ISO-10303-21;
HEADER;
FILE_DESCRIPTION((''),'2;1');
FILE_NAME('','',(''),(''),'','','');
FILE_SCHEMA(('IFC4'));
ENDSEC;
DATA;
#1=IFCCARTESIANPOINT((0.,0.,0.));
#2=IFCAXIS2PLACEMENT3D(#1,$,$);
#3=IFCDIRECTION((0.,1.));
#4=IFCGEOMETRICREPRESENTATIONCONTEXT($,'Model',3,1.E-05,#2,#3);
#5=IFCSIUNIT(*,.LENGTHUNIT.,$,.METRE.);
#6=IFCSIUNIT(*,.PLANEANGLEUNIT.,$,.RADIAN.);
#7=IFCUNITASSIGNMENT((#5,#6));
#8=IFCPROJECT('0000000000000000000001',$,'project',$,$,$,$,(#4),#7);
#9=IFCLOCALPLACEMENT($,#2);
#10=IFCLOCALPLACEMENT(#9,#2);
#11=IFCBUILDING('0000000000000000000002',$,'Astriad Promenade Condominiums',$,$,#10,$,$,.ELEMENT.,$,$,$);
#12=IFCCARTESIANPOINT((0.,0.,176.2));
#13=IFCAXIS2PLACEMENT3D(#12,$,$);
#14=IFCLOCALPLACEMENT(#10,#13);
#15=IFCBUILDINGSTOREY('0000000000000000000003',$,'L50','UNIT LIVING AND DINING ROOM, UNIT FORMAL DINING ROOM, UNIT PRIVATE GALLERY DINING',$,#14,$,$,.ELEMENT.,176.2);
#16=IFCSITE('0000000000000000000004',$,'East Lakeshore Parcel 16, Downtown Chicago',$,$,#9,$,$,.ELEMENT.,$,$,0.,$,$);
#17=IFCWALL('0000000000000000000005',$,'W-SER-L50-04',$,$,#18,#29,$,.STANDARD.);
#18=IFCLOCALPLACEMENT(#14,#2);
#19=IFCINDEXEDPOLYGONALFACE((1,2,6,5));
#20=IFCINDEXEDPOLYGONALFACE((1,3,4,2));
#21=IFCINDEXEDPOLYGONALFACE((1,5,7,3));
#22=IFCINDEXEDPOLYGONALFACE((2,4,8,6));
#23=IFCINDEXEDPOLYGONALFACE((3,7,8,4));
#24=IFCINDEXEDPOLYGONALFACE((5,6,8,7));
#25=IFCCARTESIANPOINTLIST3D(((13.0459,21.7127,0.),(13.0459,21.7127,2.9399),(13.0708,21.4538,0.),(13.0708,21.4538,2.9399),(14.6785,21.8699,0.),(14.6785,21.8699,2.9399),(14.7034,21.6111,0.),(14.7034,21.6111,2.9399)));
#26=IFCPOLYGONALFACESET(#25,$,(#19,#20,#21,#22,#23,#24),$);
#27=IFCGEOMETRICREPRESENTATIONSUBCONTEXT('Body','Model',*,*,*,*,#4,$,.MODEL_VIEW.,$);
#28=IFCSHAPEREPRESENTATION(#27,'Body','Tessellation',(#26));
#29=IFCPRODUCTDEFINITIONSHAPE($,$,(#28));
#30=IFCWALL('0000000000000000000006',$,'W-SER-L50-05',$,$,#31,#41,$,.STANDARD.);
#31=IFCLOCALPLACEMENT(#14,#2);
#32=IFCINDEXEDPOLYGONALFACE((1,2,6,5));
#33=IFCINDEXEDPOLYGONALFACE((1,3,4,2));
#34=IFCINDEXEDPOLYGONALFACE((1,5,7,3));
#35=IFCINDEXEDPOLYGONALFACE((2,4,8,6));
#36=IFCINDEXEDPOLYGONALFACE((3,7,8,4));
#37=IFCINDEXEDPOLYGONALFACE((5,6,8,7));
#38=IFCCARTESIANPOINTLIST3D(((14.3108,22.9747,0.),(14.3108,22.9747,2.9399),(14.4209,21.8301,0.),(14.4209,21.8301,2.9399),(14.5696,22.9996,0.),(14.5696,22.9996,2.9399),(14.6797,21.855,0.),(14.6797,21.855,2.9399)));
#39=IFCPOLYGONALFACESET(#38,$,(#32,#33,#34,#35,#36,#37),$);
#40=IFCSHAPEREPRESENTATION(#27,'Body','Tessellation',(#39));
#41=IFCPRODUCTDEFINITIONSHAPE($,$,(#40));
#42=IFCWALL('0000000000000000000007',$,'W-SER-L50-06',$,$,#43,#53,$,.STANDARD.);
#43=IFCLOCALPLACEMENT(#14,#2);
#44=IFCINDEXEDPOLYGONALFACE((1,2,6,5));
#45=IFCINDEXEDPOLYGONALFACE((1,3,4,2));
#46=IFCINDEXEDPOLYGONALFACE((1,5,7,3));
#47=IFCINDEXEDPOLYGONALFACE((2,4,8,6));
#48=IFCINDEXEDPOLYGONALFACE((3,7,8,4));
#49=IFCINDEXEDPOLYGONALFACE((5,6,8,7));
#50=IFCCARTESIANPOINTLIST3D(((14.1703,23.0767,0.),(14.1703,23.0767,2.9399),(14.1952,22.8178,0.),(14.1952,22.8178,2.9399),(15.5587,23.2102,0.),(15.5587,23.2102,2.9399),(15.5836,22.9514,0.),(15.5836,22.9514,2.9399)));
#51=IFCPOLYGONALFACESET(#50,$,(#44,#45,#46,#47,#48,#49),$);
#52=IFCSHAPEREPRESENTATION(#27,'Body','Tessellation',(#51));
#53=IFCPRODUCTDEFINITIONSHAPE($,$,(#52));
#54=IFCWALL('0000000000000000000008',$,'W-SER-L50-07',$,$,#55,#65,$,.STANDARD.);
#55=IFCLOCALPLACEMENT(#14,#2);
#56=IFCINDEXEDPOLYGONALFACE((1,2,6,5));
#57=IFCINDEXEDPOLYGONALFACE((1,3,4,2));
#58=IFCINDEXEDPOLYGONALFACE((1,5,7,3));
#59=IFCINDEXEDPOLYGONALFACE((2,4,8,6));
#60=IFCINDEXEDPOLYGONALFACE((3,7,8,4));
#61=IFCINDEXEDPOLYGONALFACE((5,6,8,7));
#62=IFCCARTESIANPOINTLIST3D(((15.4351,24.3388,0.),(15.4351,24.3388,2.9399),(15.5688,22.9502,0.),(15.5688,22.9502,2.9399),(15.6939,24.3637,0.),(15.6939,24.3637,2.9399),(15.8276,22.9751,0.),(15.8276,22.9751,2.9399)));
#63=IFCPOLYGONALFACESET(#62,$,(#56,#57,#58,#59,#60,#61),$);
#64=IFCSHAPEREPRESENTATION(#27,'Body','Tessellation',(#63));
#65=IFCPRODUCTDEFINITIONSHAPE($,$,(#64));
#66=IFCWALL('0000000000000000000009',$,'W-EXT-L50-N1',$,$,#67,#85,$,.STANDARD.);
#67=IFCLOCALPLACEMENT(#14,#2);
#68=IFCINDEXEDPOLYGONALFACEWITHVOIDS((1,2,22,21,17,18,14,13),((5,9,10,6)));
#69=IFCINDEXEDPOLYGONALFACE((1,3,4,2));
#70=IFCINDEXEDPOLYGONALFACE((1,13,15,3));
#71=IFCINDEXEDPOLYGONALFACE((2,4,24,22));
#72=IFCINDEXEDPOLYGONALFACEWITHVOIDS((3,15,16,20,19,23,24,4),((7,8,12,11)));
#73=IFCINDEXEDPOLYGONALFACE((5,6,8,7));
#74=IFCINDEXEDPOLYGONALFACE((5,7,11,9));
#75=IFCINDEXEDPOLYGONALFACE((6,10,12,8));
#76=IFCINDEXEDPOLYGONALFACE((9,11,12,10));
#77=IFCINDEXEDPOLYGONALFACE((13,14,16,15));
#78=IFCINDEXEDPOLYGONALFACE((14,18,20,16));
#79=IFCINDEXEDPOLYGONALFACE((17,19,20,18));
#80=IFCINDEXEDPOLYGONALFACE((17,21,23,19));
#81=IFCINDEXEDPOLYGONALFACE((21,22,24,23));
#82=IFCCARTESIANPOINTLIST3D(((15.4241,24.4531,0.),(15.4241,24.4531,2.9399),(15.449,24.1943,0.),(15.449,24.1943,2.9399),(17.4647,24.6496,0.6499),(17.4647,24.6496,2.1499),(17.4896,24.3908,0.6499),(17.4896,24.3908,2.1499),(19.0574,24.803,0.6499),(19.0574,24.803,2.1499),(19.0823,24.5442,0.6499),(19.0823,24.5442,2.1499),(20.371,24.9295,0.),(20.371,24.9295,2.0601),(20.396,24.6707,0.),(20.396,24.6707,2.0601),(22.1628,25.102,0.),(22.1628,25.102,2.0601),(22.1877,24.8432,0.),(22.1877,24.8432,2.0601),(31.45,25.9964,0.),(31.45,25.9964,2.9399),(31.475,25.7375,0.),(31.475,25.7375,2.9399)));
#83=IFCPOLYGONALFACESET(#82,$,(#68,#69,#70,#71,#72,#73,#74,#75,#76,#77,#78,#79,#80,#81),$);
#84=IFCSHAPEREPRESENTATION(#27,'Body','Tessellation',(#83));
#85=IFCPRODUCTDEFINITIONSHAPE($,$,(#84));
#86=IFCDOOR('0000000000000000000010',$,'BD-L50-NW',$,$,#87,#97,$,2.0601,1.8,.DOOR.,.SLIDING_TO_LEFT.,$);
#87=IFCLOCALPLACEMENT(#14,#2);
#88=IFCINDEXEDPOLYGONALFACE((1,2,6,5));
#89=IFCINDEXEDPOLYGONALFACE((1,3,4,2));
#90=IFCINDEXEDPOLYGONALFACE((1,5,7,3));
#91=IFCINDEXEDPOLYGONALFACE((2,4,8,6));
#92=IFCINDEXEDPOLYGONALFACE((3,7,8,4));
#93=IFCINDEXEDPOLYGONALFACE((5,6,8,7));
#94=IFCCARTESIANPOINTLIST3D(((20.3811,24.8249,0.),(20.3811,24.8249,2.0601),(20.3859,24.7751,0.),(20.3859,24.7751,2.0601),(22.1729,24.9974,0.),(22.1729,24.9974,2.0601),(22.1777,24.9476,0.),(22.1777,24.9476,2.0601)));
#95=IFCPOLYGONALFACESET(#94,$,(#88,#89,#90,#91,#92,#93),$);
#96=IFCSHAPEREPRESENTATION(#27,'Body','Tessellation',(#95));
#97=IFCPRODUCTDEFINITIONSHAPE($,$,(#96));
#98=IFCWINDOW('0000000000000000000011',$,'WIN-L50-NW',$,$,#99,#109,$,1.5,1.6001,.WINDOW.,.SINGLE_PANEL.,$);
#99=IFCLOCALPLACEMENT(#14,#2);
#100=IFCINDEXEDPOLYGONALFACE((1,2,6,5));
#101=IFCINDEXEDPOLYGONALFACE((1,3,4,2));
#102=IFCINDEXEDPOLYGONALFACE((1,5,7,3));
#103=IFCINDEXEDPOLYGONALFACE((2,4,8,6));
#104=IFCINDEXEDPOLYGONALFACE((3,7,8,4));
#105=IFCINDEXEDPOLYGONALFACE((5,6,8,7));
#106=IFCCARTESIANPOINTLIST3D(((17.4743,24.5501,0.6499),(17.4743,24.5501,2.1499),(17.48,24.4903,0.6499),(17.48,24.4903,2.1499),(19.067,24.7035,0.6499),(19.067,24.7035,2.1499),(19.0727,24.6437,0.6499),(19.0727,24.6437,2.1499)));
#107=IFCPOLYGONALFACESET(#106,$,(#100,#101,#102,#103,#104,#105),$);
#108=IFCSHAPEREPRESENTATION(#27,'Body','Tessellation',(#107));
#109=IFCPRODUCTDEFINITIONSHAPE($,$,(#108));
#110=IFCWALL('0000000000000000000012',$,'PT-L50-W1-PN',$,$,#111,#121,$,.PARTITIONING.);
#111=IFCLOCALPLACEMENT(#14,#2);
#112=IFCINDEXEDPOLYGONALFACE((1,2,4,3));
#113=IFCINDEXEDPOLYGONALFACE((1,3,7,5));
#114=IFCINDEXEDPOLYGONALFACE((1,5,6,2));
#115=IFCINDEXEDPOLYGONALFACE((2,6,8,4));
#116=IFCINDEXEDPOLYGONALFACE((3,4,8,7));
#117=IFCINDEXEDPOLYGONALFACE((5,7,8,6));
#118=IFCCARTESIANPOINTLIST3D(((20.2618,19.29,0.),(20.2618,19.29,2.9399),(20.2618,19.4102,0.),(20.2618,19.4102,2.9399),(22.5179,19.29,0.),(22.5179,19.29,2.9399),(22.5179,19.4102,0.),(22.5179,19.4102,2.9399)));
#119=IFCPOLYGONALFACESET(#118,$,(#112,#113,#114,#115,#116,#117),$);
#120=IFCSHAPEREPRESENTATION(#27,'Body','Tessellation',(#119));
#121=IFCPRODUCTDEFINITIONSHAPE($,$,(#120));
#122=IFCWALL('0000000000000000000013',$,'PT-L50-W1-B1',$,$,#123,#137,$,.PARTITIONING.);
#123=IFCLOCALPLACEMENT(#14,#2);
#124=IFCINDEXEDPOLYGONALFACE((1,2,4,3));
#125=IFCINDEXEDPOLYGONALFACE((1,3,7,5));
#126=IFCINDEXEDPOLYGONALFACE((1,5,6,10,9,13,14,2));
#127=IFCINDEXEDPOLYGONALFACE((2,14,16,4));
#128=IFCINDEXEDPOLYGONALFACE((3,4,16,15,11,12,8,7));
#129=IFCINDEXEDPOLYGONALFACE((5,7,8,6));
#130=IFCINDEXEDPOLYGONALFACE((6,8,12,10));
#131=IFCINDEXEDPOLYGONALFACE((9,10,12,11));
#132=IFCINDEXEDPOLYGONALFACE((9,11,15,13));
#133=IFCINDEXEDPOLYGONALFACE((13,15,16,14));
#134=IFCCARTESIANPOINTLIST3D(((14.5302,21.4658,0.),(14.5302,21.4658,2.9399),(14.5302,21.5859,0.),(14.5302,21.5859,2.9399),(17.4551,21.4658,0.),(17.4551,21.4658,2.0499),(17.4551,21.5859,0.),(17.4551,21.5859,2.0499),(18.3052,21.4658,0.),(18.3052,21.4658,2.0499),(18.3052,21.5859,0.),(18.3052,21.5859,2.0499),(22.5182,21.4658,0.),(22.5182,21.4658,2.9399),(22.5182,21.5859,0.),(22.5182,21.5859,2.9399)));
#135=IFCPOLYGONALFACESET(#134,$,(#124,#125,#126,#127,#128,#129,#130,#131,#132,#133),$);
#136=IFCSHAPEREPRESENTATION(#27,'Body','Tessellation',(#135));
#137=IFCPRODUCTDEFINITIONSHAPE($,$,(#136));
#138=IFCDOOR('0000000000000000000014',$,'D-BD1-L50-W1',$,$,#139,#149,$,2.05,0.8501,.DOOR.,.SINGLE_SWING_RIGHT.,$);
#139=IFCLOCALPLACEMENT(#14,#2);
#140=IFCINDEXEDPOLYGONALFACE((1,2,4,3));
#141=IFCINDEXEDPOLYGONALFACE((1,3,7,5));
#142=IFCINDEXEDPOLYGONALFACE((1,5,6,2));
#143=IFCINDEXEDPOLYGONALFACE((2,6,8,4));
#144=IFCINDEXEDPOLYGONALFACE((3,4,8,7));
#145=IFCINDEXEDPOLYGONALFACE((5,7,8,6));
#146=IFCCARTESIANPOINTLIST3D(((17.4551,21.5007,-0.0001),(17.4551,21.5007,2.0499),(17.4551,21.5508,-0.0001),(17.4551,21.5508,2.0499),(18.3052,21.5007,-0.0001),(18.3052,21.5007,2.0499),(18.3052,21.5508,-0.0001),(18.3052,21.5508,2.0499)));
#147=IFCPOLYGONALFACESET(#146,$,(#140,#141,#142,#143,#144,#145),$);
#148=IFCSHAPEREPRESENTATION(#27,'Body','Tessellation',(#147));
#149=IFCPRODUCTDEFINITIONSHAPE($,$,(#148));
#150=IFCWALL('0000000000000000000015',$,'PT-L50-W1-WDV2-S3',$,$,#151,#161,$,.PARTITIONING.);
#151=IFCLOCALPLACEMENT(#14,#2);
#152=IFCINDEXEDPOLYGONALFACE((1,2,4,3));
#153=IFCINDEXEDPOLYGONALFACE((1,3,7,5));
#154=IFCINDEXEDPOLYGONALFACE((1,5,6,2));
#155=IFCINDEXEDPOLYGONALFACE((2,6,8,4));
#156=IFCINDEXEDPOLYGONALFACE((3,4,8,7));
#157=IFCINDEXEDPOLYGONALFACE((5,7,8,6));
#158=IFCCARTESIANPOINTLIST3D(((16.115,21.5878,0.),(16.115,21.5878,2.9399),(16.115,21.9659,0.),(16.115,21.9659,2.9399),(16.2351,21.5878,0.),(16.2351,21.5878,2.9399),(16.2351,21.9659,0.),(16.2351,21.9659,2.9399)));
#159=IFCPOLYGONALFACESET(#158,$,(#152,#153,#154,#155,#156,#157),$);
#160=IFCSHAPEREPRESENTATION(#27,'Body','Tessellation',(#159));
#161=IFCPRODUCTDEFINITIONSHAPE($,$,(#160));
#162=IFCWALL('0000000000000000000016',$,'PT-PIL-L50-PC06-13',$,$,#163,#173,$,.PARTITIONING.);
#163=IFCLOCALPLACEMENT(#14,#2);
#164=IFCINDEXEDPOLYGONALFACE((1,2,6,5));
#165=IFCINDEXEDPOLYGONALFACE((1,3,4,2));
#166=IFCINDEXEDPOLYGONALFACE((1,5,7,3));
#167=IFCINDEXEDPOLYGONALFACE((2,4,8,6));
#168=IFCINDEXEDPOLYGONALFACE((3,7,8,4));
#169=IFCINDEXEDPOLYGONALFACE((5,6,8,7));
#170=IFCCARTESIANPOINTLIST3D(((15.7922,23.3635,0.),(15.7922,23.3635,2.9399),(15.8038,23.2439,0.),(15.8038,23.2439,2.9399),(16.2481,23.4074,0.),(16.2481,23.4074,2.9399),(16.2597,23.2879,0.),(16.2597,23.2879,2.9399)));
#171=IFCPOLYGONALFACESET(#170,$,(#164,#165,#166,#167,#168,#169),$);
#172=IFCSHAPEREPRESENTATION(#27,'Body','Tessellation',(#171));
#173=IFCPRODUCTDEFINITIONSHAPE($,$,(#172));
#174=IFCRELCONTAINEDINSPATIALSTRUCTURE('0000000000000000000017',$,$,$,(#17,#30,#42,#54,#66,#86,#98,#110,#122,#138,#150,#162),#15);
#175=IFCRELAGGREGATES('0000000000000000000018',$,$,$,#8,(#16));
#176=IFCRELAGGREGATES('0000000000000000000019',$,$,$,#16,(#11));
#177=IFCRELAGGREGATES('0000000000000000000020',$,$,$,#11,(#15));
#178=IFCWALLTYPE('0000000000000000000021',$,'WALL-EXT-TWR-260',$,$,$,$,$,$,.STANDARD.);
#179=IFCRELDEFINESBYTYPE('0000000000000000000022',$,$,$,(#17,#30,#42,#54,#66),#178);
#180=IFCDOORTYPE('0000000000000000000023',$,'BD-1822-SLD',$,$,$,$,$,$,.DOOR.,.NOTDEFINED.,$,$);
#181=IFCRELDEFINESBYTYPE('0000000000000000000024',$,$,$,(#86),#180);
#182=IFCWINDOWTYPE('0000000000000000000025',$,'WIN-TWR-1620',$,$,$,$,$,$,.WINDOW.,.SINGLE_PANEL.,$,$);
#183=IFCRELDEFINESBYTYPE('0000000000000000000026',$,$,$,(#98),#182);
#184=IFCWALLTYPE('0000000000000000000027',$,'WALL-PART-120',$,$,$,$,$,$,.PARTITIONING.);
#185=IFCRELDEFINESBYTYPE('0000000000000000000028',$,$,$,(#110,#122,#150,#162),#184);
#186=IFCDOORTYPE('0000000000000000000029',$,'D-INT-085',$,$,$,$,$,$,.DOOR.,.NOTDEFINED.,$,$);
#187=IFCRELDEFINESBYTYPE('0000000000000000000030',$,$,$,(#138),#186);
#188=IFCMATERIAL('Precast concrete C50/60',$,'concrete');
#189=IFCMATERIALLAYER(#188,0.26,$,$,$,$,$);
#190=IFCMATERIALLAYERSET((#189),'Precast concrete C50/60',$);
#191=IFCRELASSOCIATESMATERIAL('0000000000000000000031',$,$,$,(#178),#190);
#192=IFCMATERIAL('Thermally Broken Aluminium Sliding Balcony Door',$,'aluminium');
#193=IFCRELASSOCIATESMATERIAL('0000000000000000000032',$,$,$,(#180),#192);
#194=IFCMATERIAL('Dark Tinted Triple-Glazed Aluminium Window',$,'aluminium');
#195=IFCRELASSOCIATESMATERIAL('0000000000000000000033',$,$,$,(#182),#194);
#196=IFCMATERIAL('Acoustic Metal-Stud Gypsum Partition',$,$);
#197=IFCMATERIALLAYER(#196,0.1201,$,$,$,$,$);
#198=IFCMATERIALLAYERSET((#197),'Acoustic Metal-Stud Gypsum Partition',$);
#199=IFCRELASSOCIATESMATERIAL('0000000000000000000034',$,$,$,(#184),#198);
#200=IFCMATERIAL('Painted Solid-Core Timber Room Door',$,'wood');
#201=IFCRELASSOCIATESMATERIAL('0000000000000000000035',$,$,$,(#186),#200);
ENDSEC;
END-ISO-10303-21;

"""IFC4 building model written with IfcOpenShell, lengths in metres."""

from ifc_helpers import new_model, si_unit, direction, frame, frame_2d, origin, place, context, subcontext, project, spatial, rectangle, extrude, source, transform, mapped, material, layer, layer_set, type_object, type_shapes, element, fill, save


model = new_model("IFC4")

# Units and contexts
model_context = context("Model", 3, precision=1e-05, world=origin(), true_north=direction((0.0, 1.0)))
body_context = subcontext(model_context, "Body", "Model", "MODEL_VIEW")
ifc_project = project(units=[si_unit("LENGTHUNIT", "METRE"), si_unit("PLANEANGLEUNIT", "RADIAN")], contexts=[model_context])

# Site, building, storey
site_placement = place(None, origin())
site = spatial("IfcSite", under=ifc_project, at=site_placement, Name="East Lakeshore Parcel 16, Downtown Chicago", CompositionType="ELEMENT", RefElevation=0.0)
building_placement = place(site_placement, origin())
building = spatial("IfcBuilding", under=site, at=building_placement, Name="Astriad Promenade Condominiums", CompositionType="ELEMENT")
storey_placement = place(building_placement, frame((0.0, 0.0, 176.2)))
storey = spatial("IfcBuildingStorey", under=building, at=storey_placement, Name="L50", Description="UNIT LIVING AND DINING ROOM, UNIT FORMAL DINING ROOM, UNIT PRIVATE GALLERY DINING", CompositionType="ELEMENT", Elevation=176.2)

# Walls
ifc_material_1 = material(Name="Precast concrete C50/60", Category="concrete")
ifc_layer_1 = layer(ifc_material_1, 0.26)
ifc_layer_set_1 = layer_set([ifc_layer_1], Name="Precast concrete C50/60")
wall_type_1 = type_object("IfcWallType", Name="WALL-EXT-TWR-260", PredefinedType="STANDARD", material=ifc_layer_set_1)
wall_1_placement = place(storey_placement, frame((13.0583, 21.5833, 0.0), z_axis=(0.0, 0.0, 1.0), x_axis=(0.995395, 0.095863, 0.0)))
element("IfcWall", 1, at=wall_1_placement, inside=storey, type_object=wall_type_1, Name="W-SER-L50-04", PredefinedType="STANDARD", context=body_context, shape_type="SweptSolid", body=[
    extrude(rectangle(XDim=1.6401, YDim=0.26, at=frame_2d((0.8201, 0.0))), origin(), (0.0, 0.0, 1.0), 2.9399),
])
wall_2_placement = place(storey_placement, frame((14.5503, 21.8425, 0.0), z_axis=(0.0, 0.0, 1.0), x_axis=(-0.095761, 0.995404, 0.0)))
element("IfcWall", 2, at=wall_2_placement, inside=storey, type_object=wall_type_1, Name="W-SER-L50-05", PredefinedType="STANDARD", context=body_context, shape_type="SweptSolid", body=[
    extrude(rectangle(XDim=1.1499, YDim=0.26, at=frame_2d((0.575, 0.0))), origin(), (0.0, 0.0, 1.0), 2.9399),
])
wall_3_placement = place(storey_placement, frame((14.1829, 22.9473, 0.0), z_axis=(0.0, 0.0, 1.0), x_axis=(0.995406, 0.095742, 0.0)))
element("IfcWall", 3, at=wall_3_placement, inside=storey, type_object=wall_type_1, Name="W-SER-L50-06", PredefinedType="STANDARD", context=body_context, shape_type="SweptSolid", body=[
    extrude(rectangle(XDim=1.3948, YDim=0.26, at=frame_2d((0.6973, 0.0))), origin(), (0.0, 0.0, 1.0), 2.9399),
])
wall_4_placement = place(storey_placement, frame((15.6982, 22.9626, 0.0), z_axis=(0.0, 0.0, 1.0), x_axis=(-0.095899, 0.995391, 0.0)))
element("IfcWall", 4, at=wall_4_placement, inside=storey, type_object=wall_type_1, Name="W-SER-L50-07", PredefinedType="STANDARD", context=body_context, shape_type="SweptSolid", body=[
    extrude(rectangle(XDim=1.395, YDim=0.26, at=frame_2d((0.6975, 0.0))), origin(), (0.0, 0.0, 1.0), 2.9399),
])

# Wall, openings, door, window
wall_5_placement = place(storey_placement, frame((15.4365, 24.3237, 0.0), z_axis=(0.0, 0.0, 1.0), x_axis=(0.995396, 0.095852, 0.0)))
wall_5 = element("IfcWall", 5, at=wall_5_placement, inside=storey, type_object=wall_type_1, Name="W-EXT-L50-N1", PredefinedType="STANDARD", context=body_context, shape_type="SweptSolid", body=[
    extrude(rectangle(XDim=16.1001, YDim=0.26, at=frame_2d((8.05, 0.0))), origin(), (0.0, 0.0, 1.0), 2.9399),
])
opening_1_placement = place(wall_5_placement, frame((4.97, 0.0, 0.0)))
opening_1 = element("IfcOpeningElement", 6, at=opening_1_placement, cuts=wall_5, PredefinedType="OPENING", context=body_context, shape_type="SweptSolid", body=[
    extrude(rectangle(XDim=1.8, YDim=2.0601, at=frame_2d((0.8999, 1.03))), frame((0.0, 0.1399, 0.0), z_axis=(0.0, -1.0, 0.0), x_axis=(1.0, 0.0, 0.0)), (0.0, 0.0, 1.0), 0.28),
])
opening_2_placement = place(wall_5_placement, frame((2.05, 0.0, 0.6499)))
opening_2 = element("IfcOpeningElement", 7, at=opening_2_placement, cuts=wall_5, PredefinedType="OPENING", context=body_context, shape_type="SweptSolid", body=[
    extrude(rectangle(XDim=1.6001, YDim=1.5, at=frame_2d((0.8, 0.75))), frame((0.0, 0.1399, 0.0), z_axis=(0.0, -1.0, 0.0), x_axis=(1.0, 0.0, 0.0)), (0.0, 0.0, 1.0), 0.28),
])
ifc_material_2 = material(Name="Thermally Broken Aluminium Sliding Balcony Door", Category="aluminium")
door_type_1 = type_object("IfcDoorType", Name="BD-1822-SLD", OperationType="NOTDEFINED", PredefinedType="DOOR", material=ifc_material_2)
shared_shape_1 = source(origin(), body_context, "Body", "SweptSolid", [
    extrude(rectangle(XDim=1.8, YDim=2.0601, at=frame_2d((0.8999, 1.03))), frame((0.0, 0.0249, 0.0), z_axis=(0.0, -1.0, 0.0), x_axis=(1.0, 0.0, 0.0)), (0.0, 0.0, 1.0), 0.05),
])
type_shapes(door_type_1, [shared_shape_1])
door_1_placement = place(opening_1_placement, origin())
door_1 = element("IfcDoor", 8, at=door_1_placement, inside=storey, type_object=door_type_1, Name="BD-L50-NW", OperationType="SLIDING_TO_LEFT", OverallHeight=2.0601, OverallWidth=1.8, PredefinedType="DOOR", context=body_context, shape_type="MappedRepresentation", body=[
    mapped(shared_shape_1, transform((0.0, 0.0, 0.0), scale=1.0)),
])
fill(opening_1, door_1)
ifc_material_3 = material(Name="Dark Tinted Triple-Glazed Aluminium Window", Category="aluminium")
window_type = type_object("IfcWindowType", Name="WIN-TWR-1620", PartitioningType="SINGLE_PANEL", PredefinedType="WINDOW", material=ifc_material_3)
shared_shape_2 = source(origin(), body_context, "Body", "SweptSolid", [
    extrude(rectangle(XDim=1.6001, YDim=1.5, at=frame_2d((0.8, 0.75))), frame((0.0, 0.03, 0.0), z_axis=(0.0, -1.0, 0.0), x_axis=(1.0, 0.0, 0.0)), (0.0, 0.0, 1.0), 0.0601),
])
type_shapes(window_type, [shared_shape_2])
window_placement = place(opening_2_placement, origin())
window = element("IfcWindow", 9, at=window_placement, inside=storey, type_object=window_type, Name="WIN-L50-NW", OverallHeight=1.5, OverallWidth=1.6001, PartitioningType="SINGLE_PANEL", PredefinedType="WINDOW", context=body_context, shape_type="MappedRepresentation", body=[
    mapped(shared_shape_2, transform((0.0, 0.0, 0.0), scale=1.0)),
])
fill(opening_2, window)

# Wall
ifc_material_4 = material(Name="Acoustic Metal-Stud Gypsum Partition")
ifc_layer_2 = layer(ifc_material_4, 0.1201)
ifc_layer_set_2 = layer_set([ifc_layer_2], Name="Acoustic Metal-Stud Gypsum Partition")
wall_type_2 = type_object("IfcWallType", Name="WALL-PART-120", PredefinedType="PARTITIONING", material=ifc_layer_set_2)
wall_6_placement = place(storey_placement, frame((20.262, 19.3501, 0.0), z_axis=(0.0, 0.0, 1.0), x_axis=(1.0, 0.0, 0.0)))
element("IfcWall", 10, at=wall_6_placement, inside=storey, type_object=wall_type_2, Name="PT-L50-W1-PN", PredefinedType="PARTITIONING", context=body_context, shape_type="SweptSolid", body=[
    extrude(rectangle(XDim=2.2561, YDim=0.1201, at=frame_2d((1.1279, 0.0))), origin(), (0.0, 0.0, 1.0), 2.9399),
])

# Wall, opening, door
wall_7_placement = place(storey_placement, frame((14.53, 21.5259, 0.0), z_axis=(0.0, 0.0, 1.0), x_axis=(1.0, 0.0, 0.0)))
wall_7 = element("IfcWall", 11, at=wall_7_placement, inside=storey, type_object=wall_type_2, Name="PT-L50-W1-B1", PredefinedType="PARTITIONING", context=body_context, shape_type="SweptSolid", body=[
    extrude(rectangle(XDim=7.988, YDim=0.1201, at=frame_2d((3.9941, 0.0))), origin(), (0.0, 0.0, 1.0), 2.9399),
])
opening_3_placement = place(wall_7_placement, frame((2.925, 0.0, 0.0)))
opening_3 = element("IfcOpeningElement", 12, at=opening_3_placement, cuts=wall_7, PredefinedType="OPENING", context=body_context, shape_type="SweptSolid", body=[
    extrude(rectangle(XDim=0.8501, YDim=2.05, at=frame_2d((0.425, 1.0249))), frame((0.0, 0.0701, 0.0), z_axis=(0.0, -1.0, 0.0), x_axis=(1.0, 0.0, 0.0)), (0.0, 0.0, 1.0), 0.1401),
])
ifc_material_5 = material(Name="Painted Solid-Core Timber Room Door", Category="wood")
door_type_2 = type_object("IfcDoorType", Name="D-INT-085", OperationType="NOTDEFINED", PredefinedType="DOOR", material=ifc_material_5)
shared_shape_3 = source(origin(), body_context, "Body", "SweptSolid", [
    extrude(rectangle(XDim=0.8501, YDim=2.05, at=frame_2d((0.425, 1.0249))), frame((0.0, 0.0249, 0.0), z_axis=(0.0, -1.0, 0.0), x_axis=(1.0, 0.0, 0.0)), (0.0, 0.0, 1.0), 0.05),
])
type_shapes(door_type_2, [shared_shape_3])
door_2_placement = place(opening_3_placement, origin())
door_2 = element("IfcDoor", 13, at=door_2_placement, inside=storey, type_object=door_type_2, Name="D-BD1-L50-W1", OperationType="SINGLE_SWING_RIGHT", OverallHeight=2.05, OverallWidth=0.8501, PredefinedType="DOOR", context=body_context, shape_type="MappedRepresentation", body=[
    mapped(shared_shape_3, transform((0.0, 0.0, 0.0), scale=1.0)),
])
fill(opening_3, door_2)

# Walls
wall_8_placement = place(storey_placement, frame((16.175, 21.5879, 0.0), z_axis=(0.0, 0.0, 1.0), x_axis=(0.0, 1.0, 0.0)))
element("IfcWall", 14, at=wall_8_placement, inside=storey, type_object=wall_type_2, Name="PT-L50-W1-WDV2-S3", PredefinedType="PARTITIONING", context=body_context, shape_type="SweptSolid", body=[
    extrude(rectangle(XDim=0.3782, YDim=0.1201, at=frame_2d((0.189, 0.0))), origin(), (0.0, 0.0, 1.0), 2.9399),
])
wall_9_placement = place(storey_placement, frame((16.2539, 23.3477, 0.0), z_axis=(0.0, 0.0, 1.0), x_axis=(-0.995385, -0.095966, 0.0)))
element("IfcWall", 15, at=wall_9_placement, inside=storey, type_object=wall_type_2, Name="PT-PIL-L50-PC06-13", PredefinedType="PARTITIONING", context=body_context, shape_type="SweptSolid", body=[
    extrude(rectangle(XDim=0.458, YDim=0.1201, at=frame_2d((0.229, 0.0))), origin(), (0.0, 0.0, 1.0), 2.9399),
])

save(model, "model.ifc")
